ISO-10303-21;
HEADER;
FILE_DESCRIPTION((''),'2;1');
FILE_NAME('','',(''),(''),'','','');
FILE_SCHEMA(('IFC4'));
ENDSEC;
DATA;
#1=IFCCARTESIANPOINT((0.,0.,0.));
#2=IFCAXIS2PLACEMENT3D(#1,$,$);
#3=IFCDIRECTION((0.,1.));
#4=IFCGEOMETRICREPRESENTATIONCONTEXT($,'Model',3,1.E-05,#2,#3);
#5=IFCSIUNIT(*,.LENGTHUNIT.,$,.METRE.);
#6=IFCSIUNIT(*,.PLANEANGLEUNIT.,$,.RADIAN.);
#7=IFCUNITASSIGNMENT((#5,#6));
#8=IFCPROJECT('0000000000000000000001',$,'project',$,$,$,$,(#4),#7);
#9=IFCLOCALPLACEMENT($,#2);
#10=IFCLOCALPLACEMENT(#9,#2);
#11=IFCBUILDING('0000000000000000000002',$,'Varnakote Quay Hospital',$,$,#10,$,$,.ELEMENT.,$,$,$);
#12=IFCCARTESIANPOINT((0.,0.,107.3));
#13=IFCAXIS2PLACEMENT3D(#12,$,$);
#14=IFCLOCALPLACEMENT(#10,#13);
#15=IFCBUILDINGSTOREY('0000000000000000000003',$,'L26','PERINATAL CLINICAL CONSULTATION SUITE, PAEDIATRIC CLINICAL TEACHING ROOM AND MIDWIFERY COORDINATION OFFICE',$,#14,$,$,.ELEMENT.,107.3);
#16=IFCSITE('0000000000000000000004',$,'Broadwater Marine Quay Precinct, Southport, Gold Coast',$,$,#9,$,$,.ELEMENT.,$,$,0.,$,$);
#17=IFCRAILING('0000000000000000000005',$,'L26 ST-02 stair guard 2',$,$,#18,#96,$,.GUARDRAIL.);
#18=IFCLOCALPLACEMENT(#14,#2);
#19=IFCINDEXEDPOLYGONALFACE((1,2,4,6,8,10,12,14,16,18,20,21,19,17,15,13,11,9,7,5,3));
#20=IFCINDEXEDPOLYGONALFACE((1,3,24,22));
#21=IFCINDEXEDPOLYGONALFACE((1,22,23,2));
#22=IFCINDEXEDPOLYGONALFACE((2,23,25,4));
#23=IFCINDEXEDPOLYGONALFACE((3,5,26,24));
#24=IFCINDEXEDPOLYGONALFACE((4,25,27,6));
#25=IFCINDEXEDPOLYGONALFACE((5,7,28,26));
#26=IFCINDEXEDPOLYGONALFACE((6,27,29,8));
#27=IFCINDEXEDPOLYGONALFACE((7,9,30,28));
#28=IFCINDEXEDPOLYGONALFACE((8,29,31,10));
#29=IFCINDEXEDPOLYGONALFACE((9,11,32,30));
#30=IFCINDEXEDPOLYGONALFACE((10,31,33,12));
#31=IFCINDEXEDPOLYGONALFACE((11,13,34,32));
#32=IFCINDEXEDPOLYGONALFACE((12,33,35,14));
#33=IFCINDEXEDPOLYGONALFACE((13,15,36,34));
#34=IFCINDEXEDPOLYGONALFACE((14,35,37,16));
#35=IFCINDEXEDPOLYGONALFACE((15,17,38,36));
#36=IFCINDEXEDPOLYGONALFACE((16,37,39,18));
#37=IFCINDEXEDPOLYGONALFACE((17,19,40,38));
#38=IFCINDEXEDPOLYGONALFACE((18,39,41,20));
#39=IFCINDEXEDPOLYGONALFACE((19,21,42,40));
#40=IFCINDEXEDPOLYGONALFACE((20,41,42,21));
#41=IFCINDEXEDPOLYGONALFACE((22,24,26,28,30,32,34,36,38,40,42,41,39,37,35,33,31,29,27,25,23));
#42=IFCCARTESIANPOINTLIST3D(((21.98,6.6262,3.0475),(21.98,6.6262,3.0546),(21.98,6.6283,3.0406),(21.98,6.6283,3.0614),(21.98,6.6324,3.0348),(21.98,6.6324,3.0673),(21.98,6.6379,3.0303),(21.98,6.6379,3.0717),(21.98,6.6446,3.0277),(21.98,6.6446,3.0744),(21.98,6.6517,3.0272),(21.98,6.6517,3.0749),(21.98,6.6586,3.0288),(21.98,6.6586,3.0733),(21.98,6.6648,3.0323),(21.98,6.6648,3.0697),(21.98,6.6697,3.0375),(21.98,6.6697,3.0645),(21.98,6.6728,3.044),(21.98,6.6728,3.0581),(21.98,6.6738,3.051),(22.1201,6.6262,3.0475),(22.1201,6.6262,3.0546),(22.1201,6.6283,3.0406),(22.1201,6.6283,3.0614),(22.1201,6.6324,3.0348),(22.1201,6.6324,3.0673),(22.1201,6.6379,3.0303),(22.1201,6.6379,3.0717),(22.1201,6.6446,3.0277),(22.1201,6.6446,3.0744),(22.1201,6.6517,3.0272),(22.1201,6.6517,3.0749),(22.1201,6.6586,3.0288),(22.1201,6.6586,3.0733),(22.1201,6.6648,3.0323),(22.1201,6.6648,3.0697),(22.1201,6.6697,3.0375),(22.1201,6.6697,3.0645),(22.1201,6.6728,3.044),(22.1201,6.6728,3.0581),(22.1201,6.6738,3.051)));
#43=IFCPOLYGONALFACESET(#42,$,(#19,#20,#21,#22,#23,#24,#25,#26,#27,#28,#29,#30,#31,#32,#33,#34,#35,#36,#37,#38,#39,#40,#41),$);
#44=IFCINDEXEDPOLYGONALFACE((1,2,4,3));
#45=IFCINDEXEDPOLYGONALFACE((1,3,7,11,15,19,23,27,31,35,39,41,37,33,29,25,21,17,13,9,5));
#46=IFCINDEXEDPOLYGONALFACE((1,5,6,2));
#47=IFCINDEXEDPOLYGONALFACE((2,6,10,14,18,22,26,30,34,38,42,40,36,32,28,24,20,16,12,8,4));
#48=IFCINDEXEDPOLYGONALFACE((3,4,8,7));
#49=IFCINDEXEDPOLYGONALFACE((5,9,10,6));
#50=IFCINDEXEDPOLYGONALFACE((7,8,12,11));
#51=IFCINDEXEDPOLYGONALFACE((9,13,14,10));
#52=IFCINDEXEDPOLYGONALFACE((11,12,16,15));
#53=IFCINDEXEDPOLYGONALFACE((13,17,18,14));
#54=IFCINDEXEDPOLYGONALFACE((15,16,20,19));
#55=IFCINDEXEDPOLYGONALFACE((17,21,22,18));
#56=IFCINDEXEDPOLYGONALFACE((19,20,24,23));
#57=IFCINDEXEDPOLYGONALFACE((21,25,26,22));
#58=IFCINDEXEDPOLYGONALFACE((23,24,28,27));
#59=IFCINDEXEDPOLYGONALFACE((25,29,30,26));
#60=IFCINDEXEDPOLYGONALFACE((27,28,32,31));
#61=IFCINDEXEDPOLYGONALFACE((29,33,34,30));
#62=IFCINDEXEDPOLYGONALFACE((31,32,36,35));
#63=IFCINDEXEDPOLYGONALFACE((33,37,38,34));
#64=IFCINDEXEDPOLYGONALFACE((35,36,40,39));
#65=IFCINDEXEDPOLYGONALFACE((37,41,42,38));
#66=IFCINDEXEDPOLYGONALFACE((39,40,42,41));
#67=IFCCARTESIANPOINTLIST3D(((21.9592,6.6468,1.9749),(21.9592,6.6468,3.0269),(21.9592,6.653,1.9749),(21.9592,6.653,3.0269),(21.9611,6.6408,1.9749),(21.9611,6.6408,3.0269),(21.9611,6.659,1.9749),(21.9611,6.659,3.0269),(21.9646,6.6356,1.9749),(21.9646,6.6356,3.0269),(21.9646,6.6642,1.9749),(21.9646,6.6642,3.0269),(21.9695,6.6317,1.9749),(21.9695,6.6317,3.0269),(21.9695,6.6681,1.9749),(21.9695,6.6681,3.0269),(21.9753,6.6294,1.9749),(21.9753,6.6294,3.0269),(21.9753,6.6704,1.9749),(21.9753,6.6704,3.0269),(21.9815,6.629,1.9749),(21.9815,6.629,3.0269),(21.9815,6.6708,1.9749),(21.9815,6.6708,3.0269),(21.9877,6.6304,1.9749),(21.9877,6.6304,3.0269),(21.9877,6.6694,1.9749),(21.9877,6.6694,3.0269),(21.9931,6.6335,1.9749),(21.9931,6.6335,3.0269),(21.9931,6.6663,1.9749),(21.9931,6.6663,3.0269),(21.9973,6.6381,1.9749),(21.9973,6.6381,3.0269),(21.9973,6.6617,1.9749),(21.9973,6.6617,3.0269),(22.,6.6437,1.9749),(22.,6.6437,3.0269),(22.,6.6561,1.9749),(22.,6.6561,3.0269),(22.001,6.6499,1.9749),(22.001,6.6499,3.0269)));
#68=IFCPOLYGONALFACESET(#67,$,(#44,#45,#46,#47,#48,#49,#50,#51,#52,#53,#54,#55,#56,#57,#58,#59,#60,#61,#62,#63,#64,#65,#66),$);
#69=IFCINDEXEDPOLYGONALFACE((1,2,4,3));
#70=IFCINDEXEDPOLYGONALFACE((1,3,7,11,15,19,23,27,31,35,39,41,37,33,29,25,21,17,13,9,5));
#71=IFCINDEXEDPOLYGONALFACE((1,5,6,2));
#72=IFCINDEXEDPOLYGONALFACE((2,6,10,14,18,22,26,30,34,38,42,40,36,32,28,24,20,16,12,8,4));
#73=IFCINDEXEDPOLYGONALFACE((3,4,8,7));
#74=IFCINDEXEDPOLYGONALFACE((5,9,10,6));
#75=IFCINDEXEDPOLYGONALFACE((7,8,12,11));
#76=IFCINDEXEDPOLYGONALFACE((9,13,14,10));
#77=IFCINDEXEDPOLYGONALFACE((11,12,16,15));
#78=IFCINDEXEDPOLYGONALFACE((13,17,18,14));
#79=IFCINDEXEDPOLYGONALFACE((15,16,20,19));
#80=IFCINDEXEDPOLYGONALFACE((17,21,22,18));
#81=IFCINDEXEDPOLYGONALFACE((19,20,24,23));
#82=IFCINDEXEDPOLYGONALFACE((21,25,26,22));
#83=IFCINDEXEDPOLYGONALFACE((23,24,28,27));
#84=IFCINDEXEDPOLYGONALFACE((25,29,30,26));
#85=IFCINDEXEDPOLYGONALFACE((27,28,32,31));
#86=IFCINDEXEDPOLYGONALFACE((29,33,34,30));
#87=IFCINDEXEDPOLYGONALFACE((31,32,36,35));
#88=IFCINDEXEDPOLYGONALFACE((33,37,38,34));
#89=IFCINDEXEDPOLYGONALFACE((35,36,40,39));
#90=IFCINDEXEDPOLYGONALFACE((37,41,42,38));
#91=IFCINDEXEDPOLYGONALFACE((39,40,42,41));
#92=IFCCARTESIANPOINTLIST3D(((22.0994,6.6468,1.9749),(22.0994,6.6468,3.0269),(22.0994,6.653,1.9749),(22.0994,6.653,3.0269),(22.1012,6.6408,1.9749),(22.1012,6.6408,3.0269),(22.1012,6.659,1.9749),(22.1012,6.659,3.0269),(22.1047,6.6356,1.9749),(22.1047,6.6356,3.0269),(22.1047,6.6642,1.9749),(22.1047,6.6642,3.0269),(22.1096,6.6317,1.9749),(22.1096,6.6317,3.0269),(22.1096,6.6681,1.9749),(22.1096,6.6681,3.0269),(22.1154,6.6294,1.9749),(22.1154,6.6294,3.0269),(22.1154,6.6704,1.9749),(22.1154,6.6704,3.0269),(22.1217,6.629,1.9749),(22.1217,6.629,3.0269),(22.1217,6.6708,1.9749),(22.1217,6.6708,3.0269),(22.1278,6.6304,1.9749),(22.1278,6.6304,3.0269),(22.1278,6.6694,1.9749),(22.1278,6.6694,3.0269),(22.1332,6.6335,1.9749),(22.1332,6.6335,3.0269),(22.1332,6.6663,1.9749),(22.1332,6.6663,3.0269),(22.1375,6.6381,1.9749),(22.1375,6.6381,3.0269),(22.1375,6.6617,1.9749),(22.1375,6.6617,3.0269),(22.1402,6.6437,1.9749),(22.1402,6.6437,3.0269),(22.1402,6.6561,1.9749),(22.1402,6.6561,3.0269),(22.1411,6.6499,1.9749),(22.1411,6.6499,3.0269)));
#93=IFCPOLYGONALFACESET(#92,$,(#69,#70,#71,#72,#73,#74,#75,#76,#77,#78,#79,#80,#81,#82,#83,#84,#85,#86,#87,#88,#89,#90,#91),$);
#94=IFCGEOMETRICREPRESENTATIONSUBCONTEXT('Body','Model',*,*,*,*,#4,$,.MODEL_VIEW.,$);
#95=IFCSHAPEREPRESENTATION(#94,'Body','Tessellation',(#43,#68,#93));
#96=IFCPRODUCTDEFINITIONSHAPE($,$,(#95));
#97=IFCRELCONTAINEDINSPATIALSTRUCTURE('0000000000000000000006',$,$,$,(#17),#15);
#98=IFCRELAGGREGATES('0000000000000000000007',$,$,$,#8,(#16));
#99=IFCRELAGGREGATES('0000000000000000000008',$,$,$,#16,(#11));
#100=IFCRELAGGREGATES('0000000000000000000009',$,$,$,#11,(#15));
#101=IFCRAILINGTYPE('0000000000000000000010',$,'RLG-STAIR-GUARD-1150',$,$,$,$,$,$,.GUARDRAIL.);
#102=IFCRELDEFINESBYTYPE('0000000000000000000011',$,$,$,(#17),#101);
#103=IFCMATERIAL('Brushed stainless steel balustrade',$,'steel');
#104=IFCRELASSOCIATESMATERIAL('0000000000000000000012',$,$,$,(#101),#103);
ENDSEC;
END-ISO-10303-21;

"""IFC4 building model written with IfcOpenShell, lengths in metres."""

from ifc_helpers import new_model, si_unit, direction, frame, origin, origin_2d, place, context, subcontext, project, spatial, circle, extrude, material, type_object, element, save


model = new_model("IFC4")

# Units and contexts
model_context = context("Model", 3, precision=1e-05, world=origin(), true_north=direction((0.0, 1.0)))
body_context = subcontext(model_context, "Body", "Model", "MODEL_VIEW")
ifc_project = project(units=[si_unit("LENGTHUNIT", "METRE"), si_unit("PLANEANGLEUNIT", "RADIAN")], contexts=[model_context])

# Site, building, storey
site_placement = place(None, origin())
site = spatial("IfcSite", under=ifc_project, at=site_placement, Name="Broadwater Marine Quay Precinct, Southport, Gold Coast", CompositionType="ELEMENT", RefElevation=0.0)
building_placement = place(site_placement, origin())
building = spatial("IfcBuilding", under=site, at=building_placement, Name="Varnakote Quay Hospital", CompositionType="ELEMENT")
storey_placement = place(building_placement, frame((0.0, 0.0, 107.3)))
storey = spatial("IfcBuildingStorey", under=building, at=storey_placement, Name="L26", Description="PERINATAL CLINICAL CONSULTATION SUITE, PAEDIATRIC CLINICAL TEACHING ROOM AND MIDWIFERY COORDINATION OFFICE", CompositionType="ELEMENT", Elevation=107.3)

# Railing
ifc_material_1 = material(Name="Brushed stainless steel balustrade", Category="steel")
railing_type_1 = type_object("IfcRailingType", Name="RLG-STAIR-GUARD-1150", PredefinedType="GUARDRAIL", material=ifc_material_1)
railing_1_placement = place(storey_placement, frame((21.98, 6.6499, 1.9749)))
element("IfcRailing", 1, at=railing_1_placement, inside=storey, type_object=railing_type_1, Name="L26 ST-02 stair guard 2", PredefinedType="GUARDRAIL", context=body_context, shape_type="SweptSolid", body=[
    extrude(circle(Radius=0.0239, at=origin_2d()), frame((0.0, 0.0, 1.0762), z_axis=(1.0, 0.0, 0.0), x_axis=(0.0, 1.0, 0.0)), (0.0, 0.0, 1.0), 0.1401),
    extrude(circle(Radius=0.021, at=origin_2d()), origin(), (0.0, 0.0, 1.0), 1.052),
    extrude(circle(Radius=0.021, at=origin_2d()), frame((0.1401, 0.0, 0.0)), (0.0, 0.0, 1.0), 1.052),
])

save(model, "model.ifc")
